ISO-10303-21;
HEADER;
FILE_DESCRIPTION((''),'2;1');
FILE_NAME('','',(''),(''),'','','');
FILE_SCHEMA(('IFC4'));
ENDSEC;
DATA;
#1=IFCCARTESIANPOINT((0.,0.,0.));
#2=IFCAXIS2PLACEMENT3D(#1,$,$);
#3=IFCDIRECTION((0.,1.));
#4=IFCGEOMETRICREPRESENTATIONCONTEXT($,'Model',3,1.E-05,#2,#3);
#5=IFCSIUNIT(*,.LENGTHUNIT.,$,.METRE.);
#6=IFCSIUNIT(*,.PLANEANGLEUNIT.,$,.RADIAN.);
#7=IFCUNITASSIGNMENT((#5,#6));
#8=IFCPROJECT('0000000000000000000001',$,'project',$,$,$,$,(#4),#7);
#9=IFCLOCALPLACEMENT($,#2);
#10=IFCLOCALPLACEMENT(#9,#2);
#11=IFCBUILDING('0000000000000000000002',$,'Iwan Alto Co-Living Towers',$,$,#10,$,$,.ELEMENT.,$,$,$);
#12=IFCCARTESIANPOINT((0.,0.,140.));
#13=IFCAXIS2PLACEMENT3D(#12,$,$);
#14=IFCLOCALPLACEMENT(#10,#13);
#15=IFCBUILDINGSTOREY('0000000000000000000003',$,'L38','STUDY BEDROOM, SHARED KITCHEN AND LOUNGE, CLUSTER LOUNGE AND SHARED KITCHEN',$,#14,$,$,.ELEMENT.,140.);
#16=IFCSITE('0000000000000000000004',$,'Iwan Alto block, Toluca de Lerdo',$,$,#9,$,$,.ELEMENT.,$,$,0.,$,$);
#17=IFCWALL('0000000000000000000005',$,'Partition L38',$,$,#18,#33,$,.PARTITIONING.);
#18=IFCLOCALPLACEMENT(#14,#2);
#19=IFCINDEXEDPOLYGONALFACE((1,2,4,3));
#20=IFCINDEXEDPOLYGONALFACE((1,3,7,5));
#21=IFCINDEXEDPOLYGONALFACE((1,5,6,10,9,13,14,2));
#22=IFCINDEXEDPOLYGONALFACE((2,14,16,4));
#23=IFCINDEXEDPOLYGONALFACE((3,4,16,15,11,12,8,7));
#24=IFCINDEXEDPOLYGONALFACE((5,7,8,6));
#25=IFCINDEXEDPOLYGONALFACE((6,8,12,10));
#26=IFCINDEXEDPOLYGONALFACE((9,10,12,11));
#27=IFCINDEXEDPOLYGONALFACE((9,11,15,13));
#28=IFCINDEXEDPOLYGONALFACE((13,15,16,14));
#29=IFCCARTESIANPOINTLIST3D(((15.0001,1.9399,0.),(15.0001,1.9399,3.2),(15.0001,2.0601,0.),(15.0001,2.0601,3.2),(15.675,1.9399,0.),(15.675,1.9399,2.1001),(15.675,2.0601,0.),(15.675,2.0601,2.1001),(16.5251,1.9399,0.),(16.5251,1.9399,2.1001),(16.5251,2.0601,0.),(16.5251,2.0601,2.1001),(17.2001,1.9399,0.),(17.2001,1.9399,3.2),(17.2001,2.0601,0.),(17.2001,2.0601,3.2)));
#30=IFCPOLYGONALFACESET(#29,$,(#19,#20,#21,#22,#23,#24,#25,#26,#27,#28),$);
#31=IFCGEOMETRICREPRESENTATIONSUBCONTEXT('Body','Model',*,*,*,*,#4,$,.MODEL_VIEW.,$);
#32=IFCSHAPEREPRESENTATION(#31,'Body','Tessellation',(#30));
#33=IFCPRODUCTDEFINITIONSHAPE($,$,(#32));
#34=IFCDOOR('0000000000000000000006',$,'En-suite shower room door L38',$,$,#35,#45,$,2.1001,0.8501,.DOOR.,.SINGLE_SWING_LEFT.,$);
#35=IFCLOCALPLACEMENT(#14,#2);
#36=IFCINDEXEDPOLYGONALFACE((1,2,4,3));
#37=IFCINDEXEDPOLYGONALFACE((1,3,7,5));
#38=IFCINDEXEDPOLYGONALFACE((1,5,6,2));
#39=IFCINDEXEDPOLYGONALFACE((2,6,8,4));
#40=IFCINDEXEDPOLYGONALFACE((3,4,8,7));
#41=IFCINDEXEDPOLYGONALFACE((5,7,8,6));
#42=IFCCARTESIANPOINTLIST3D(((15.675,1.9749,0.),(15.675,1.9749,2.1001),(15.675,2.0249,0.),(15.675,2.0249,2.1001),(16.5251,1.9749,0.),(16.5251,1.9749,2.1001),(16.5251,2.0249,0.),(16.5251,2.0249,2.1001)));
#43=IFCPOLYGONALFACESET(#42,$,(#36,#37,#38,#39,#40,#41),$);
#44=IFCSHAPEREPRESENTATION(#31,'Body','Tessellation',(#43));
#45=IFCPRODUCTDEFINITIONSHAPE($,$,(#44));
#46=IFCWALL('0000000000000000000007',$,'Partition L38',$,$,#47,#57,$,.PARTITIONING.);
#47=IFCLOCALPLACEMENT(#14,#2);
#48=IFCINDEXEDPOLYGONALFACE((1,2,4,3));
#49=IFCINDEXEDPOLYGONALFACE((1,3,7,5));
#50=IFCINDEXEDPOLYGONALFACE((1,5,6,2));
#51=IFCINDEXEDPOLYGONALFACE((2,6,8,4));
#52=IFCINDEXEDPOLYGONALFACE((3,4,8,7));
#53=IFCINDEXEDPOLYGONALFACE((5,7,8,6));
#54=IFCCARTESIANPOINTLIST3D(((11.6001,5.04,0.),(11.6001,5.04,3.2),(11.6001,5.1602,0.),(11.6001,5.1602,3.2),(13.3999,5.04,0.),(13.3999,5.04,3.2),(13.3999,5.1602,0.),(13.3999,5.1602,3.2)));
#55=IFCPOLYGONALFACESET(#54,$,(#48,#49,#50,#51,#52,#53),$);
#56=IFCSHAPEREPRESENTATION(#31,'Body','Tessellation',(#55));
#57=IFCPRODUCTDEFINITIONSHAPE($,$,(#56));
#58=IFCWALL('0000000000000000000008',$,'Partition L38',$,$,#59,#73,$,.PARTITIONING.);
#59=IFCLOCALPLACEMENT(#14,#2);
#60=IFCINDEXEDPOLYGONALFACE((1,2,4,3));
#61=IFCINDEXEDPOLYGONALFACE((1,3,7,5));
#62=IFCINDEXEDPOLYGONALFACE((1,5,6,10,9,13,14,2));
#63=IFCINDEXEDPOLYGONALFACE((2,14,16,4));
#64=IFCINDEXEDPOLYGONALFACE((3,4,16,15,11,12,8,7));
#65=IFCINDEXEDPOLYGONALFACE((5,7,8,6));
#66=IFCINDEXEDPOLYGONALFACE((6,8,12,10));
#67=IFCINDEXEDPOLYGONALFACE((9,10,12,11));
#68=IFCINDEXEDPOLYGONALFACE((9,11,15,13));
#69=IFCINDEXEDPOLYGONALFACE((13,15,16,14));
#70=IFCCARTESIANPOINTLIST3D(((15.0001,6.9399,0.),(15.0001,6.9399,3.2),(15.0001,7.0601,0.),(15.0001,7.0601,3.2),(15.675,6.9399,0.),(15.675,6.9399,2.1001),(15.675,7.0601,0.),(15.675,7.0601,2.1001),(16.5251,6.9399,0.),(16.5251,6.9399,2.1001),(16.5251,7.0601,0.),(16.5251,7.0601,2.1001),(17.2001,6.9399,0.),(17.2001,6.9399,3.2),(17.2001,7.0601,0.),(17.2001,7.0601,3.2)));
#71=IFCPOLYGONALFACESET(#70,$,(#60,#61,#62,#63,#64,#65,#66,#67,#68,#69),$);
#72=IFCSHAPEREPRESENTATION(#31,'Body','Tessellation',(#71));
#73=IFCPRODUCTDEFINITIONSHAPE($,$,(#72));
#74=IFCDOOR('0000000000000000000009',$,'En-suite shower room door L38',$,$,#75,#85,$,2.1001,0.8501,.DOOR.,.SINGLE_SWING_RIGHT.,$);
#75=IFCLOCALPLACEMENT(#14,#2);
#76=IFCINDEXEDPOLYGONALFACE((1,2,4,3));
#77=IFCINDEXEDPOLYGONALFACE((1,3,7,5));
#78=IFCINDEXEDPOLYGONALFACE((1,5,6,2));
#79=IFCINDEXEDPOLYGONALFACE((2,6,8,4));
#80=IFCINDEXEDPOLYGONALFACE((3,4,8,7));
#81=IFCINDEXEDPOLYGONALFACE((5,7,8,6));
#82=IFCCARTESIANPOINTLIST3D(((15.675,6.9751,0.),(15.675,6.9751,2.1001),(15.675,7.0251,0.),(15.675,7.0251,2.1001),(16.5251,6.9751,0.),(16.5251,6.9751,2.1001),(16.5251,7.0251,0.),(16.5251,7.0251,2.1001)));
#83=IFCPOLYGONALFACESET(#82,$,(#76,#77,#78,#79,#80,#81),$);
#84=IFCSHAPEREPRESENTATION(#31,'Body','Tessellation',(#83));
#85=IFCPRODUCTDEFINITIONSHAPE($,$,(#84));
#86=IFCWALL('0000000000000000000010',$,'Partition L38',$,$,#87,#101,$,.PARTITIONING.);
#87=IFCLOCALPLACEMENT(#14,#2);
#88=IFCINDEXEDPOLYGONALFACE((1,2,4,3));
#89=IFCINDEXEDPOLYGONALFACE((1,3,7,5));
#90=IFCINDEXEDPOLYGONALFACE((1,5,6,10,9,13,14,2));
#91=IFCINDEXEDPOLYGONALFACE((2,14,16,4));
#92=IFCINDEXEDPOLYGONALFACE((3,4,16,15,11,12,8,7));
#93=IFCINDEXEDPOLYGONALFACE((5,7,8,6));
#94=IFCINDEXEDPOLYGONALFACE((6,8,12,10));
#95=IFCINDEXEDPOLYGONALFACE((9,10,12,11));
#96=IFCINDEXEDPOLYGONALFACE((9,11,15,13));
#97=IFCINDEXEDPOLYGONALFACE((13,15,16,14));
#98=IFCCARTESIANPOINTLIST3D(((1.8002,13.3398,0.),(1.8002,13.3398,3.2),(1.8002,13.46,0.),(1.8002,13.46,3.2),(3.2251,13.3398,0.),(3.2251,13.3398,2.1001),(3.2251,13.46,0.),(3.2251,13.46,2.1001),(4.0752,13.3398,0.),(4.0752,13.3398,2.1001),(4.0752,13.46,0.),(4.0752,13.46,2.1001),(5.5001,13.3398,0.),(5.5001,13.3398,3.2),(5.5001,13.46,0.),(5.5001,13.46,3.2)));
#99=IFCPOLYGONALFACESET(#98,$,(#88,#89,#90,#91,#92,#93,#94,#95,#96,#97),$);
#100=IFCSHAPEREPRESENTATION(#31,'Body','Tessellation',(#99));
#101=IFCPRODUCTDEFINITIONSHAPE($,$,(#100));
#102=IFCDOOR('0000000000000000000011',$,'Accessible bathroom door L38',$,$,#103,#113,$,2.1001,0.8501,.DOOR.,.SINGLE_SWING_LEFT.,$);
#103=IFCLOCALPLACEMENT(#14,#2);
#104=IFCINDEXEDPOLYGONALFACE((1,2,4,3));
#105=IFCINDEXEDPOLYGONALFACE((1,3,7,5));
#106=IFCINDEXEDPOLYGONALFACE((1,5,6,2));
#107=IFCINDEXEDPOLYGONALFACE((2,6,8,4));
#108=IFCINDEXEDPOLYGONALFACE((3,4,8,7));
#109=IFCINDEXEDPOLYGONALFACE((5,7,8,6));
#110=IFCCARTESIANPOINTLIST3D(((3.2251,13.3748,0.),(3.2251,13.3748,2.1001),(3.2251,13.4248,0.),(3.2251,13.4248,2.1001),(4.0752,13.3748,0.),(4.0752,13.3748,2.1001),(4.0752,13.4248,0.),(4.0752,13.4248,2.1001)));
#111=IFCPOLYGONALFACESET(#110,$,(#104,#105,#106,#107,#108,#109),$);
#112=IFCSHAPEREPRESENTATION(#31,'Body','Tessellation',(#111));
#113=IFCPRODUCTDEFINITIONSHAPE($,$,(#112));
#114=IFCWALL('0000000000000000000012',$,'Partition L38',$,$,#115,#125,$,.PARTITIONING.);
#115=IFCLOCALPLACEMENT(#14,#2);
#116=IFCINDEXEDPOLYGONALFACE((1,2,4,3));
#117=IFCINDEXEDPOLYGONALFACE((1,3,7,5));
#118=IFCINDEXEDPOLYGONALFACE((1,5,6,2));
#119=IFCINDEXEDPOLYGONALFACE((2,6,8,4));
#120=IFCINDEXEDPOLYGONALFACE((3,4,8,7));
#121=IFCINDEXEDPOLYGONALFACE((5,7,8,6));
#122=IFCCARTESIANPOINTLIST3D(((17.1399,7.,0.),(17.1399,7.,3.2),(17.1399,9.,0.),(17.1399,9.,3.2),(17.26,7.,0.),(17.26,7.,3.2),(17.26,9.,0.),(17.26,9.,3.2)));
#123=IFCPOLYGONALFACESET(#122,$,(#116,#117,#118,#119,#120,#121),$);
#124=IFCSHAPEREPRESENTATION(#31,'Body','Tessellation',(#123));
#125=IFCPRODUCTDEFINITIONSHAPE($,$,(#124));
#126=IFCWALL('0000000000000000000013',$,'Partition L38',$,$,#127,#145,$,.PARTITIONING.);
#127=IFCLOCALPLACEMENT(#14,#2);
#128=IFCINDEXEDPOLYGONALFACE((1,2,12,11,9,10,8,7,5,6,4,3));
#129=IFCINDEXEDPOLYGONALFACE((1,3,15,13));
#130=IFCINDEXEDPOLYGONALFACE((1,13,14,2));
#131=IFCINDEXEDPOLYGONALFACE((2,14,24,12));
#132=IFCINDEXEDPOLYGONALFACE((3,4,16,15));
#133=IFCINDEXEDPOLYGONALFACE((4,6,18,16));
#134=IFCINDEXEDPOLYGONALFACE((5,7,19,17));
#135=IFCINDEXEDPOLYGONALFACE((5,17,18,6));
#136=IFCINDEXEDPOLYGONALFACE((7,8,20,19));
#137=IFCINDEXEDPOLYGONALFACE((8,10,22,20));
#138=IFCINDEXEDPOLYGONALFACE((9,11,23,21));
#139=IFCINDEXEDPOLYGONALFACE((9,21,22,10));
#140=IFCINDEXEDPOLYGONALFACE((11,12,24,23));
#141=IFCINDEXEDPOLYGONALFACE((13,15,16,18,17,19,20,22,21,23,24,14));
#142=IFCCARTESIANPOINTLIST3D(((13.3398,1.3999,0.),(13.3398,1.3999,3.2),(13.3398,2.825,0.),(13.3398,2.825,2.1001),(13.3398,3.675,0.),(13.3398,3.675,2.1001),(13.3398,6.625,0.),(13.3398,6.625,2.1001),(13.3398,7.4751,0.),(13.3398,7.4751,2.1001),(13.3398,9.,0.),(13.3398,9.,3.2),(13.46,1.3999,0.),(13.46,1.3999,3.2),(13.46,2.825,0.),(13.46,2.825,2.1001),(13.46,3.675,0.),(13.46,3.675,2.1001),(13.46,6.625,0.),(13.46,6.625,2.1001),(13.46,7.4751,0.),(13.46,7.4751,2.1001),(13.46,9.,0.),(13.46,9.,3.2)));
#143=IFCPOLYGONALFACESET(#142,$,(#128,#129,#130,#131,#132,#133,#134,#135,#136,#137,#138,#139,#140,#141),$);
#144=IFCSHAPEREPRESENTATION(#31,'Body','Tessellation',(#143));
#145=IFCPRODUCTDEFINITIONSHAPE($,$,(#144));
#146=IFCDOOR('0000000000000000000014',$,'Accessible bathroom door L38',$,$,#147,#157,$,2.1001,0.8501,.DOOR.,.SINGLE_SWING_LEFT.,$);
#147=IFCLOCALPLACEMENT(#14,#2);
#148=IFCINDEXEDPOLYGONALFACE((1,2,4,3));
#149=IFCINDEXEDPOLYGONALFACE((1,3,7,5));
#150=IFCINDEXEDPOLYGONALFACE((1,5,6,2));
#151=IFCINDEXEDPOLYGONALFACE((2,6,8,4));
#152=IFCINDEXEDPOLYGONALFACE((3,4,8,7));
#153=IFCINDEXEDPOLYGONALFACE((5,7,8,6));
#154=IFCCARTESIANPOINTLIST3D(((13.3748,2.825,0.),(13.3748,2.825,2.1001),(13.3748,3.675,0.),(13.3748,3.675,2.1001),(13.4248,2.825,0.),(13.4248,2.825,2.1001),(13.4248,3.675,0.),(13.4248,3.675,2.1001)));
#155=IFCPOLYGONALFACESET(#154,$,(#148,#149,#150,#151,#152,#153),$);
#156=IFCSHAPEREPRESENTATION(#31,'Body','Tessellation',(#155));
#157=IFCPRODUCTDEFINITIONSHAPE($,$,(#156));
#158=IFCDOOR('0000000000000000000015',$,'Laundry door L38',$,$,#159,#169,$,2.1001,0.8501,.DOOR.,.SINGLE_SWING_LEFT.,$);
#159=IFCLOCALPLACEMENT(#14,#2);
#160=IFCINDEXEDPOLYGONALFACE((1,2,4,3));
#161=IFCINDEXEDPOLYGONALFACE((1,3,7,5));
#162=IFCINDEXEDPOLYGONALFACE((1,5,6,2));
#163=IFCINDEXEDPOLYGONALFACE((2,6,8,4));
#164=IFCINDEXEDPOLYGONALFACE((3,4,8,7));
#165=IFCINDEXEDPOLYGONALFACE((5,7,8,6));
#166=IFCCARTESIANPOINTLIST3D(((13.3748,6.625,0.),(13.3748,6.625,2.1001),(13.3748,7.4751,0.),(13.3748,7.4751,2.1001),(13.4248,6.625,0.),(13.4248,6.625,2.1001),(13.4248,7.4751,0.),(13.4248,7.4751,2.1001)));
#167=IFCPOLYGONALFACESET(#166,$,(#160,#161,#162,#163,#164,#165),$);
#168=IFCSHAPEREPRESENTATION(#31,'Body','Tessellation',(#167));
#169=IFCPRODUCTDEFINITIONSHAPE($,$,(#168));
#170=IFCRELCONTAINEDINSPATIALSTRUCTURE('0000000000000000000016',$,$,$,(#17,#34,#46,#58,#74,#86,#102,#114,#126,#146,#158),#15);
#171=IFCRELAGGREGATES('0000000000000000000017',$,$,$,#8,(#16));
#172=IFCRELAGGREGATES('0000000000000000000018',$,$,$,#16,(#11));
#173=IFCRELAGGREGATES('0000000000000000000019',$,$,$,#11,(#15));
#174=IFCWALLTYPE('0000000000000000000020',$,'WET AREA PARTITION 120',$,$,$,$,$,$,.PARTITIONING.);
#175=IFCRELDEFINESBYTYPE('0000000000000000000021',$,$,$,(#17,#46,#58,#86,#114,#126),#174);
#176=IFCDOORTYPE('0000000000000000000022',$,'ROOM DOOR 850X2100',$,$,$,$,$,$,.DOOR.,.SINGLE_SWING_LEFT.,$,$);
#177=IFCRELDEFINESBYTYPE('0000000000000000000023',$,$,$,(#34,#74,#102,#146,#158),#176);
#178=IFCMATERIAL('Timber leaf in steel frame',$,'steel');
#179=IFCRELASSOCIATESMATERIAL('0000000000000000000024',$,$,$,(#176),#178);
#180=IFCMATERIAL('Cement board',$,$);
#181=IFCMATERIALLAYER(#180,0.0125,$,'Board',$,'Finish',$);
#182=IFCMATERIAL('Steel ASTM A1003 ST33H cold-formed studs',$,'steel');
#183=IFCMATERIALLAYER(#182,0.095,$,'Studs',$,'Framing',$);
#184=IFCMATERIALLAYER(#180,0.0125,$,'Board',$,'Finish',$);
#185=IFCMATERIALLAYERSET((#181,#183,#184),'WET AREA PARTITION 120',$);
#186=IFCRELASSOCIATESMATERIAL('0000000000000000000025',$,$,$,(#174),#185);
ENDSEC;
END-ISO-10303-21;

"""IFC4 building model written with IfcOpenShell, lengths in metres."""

from ifc_helpers import new_model, si_unit, direction, frame, frame_2d, origin, place, context, subcontext, project, spatial, rectangle, extrude, material, layer, layer_set, type_object, element, fill, save


model = new_model("IFC4")

# Units and contexts
model_context = context("Model", 3, precision=1e-05, world=origin(), true_north=direction((0.0, 1.0)))
body_context = subcontext(model_context, "Body", "Model", "MODEL_VIEW")
ifc_project = project(units=[si_unit("LENGTHUNIT", "METRE"), si_unit("PLANEANGLEUNIT", "RADIAN")], contexts=[model_context])

# Site, building, storey
site_placement = place(None, origin())
site = spatial("IfcSite", under=ifc_project, at=site_placement, Name="Iwan Alto block, Toluca de Lerdo", CompositionType="ELEMENT", RefElevation=0.0)
building_placement = place(site_placement, origin())
building = spatial("IfcBuilding", under=site, at=building_placement, Name="Iwan Alto Co-Living Towers", CompositionType="ELEMENT")
storey_placement = place(building_placement, frame((0.0, 0.0, 140.0)))
storey = spatial("IfcBuildingStorey", under=building, at=storey_placement, Name="L38", Description="STUDY BEDROOM, SHARED KITCHEN AND LOUNGE, CLUSTER LOUNGE AND SHARED KITCHEN", CompositionType="ELEMENT", Elevation=140.0)

# Shared definitions
ifc_material_1 = material(Name="Steel ASTM A1003 ST33H cold-formed studs", Category="steel")

# Shared definitions
ifc_material_2 = material(Name="Timber leaf in steel frame", Category="steel")
door_type = type_object("IfcDoorType", Name="ROOM DOOR 850X2100", OperationType="SINGLE_SWING_LEFT", PredefinedType="DOOR", material=ifc_material_2)

# Shared definitions
ifc_material_3 = material(Name="Cement board")
ifc_layer_1 = layer(ifc_material_3, 0.0125, Name="Board", Category="Finish")
ifc_layer_2 = layer(ifc_material_1, 0.095, Name="Studs", Category="Framing")
ifc_layer_3 = layer(ifc_material_3, 0.0125, Name="Board", Category="Finish")
ifc_layer_set_1 = layer_set([ifc_layer_1, ifc_layer_2, ifc_layer_3], Name="WET AREA PARTITION 120")
wall_type_1 = type_object("IfcWallType", Name="WET AREA PARTITION 120", PredefinedType="PARTITIONING", material=ifc_layer_set_1)

# Wall, opening, door
wall_1_placement = place(storey_placement, frame((15.0, 2.0, 0.0), z_axis=(0.0, 0.0, 1.0), x_axis=(1.0, 0.0, 0.0)))
wall_1 = element("IfcWall", 1, at=wall_1_placement, inside=storey, type_object=wall_type_1, Name="Partition L38", PredefinedType="PARTITIONING", context=body_context, shape_type="SweptSolid", body=[
    extrude(rectangle(XDim=2.2, YDim=0.1201, at=frame_2d((1.1001, 0.0))), origin(), (0.0, 0.0, 1.0), 3.2),
])
opening_1_placement = place(wall_1_placement, frame((0.675, 0.0, 0.0)))
opening_1 = element("IfcOpeningElement", 2, at=opening_1_placement, cuts=wall_1, PredefinedType="OPENING", context=body_context, shape_type="SweptSolid", body=[
    extrude(rectangle(XDim=0.8501, YDim=2.1001, at=frame_2d((0.425, 1.05))), frame((0.0, 0.0701, 0.0), z_axis=(0.0, -1.0, 0.0), x_axis=(1.0, 0.0, 0.0)), (0.0, 0.0, 1.0), 0.1401),
])
door_1_placement = place(opening_1_placement, origin())
door_1 = element("IfcDoor", 3, at=door_1_placement, inside=storey, type_object=door_type, Name="En-suite shower room door L38", OperationType="SINGLE_SWING_LEFT", OverallHeight=2.1001, OverallWidth=0.8501, PredefinedType="DOOR", context=body_context, shape_type="SweptSolid", body=[
    extrude(rectangle(XDim=0.8501, YDim=2.1001, at=frame_2d((0.425, 1.05))), frame((0.0, 0.0249, 0.0), z_axis=(0.0, -1.0, 0.0), x_axis=(1.0, 0.0, 0.0)), (0.0, 0.0, 1.0), 0.05),
])
fill(opening_1, door_1)

# Wall
wall_2_placement = place(storey_placement, frame((11.6001, 5.1001, 0.0), z_axis=(0.0, 0.0, 1.0), x_axis=(1.0, 0.0, 0.0)))
element("IfcWall", 4, at=wall_2_placement, inside=storey, type_object=wall_type_1, Name="Partition L38", PredefinedType="PARTITIONING", context=body_context, shape_type="SweptSolid", body=[
    extrude(rectangle(XDim=1.7998, YDim=0.1201, at=frame_2d((0.8999, 0.0))), origin(), (0.0, 0.0, 1.0), 3.2),
])

# Walls, openings, doors
wall_3_placement = place(storey_placement, frame((15.0, 7.0, 0.0), z_axis=(0.0, 0.0, 1.0), x_axis=(1.0, 0.0, 0.0)))
wall_3 = element("IfcWall", 5, at=wall_3_placement, inside=storey, type_object=wall_type_1, Name="Partition L38", PredefinedType="PARTITIONING", context=body_context, shape_type="SweptSolid", body=[
    extrude(rectangle(XDim=2.2, YDim=0.1201, at=frame_2d((1.1001, 0.0))), origin(), (0.0, 0.0, 1.0), 3.2),
])
opening_2_placement = place(wall_3_placement, frame((0.675, 0.0, 0.0)))
opening_2 = element("IfcOpeningElement", 6, at=opening_2_placement, cuts=wall_3, PredefinedType="OPENING", context=body_context, shape_type="SweptSolid", body=[
    extrude(rectangle(XDim=0.8501, YDim=2.1001, at=frame_2d((0.425, 1.05))), frame((0.0, 0.0701, 0.0), z_axis=(0.0, -1.0, 0.0), x_axis=(1.0, 0.0, 0.0)), (0.0, 0.0, 1.0), 0.1401),
])
door_2_placement = place(opening_2_placement, frame((0.8501, 0.0, 0.0), z_axis=(0.0, 0.0, 1.0), x_axis=(-1.0, 0.0, 0.0)))
door_2 = element("IfcDoor", 7, at=door_2_placement, inside=storey, type_object=door_type, Name="En-suite shower room door L38", OperationType="SINGLE_SWING_RIGHT", OverallHeight=2.1001, OverallWidth=0.8501, PredefinedType="DOOR", context=body_context, shape_type="SweptSolid", body=[
    extrude(rectangle(XDim=0.8501, YDim=2.1001, at=frame_2d((0.425, 1.05))), frame((0.0, 0.0249, 0.0), z_axis=(0.0, -1.0, 0.0), x_axis=(1.0, 0.0, 0.0)), (0.0, 0.0, 1.0), 0.05),
])
fill(opening_2, door_2)
wall_4_placement = place(storey_placement, frame((1.8, 13.3999, 0.0), z_axis=(0.0, 0.0, 1.0), x_axis=(1.0, 0.0, 0.0)))
wall_4 = element("IfcWall", 8, at=wall_4_placement, inside=storey, type_object=wall_type_1, Name="Partition L38", PredefinedType="PARTITIONING", context=body_context, shape_type="SweptSolid", body=[
    extrude(rectangle(XDim=3.7, YDim=0.1201, at=frame_2d((1.8501, 0.0))), origin(), (0.0, 0.0, 1.0), 3.2),
])
opening_3_placement = place(wall_4_placement, frame((1.425, 0.0, 0.0)))
opening_3 = element("IfcOpeningElement", 9, at=opening_3_placement, cuts=wall_4, PredefinedType="OPENING", context=body_context, shape_type="SweptSolid", body=[
    extrude(rectangle(XDim=0.8501, YDim=2.1001, at=frame_2d((0.425, 1.05))), frame((0.0, 0.0701, 0.0), z_axis=(0.0, -1.0, 0.0), x_axis=(1.0, 0.0, 0.0)), (0.0, 0.0, 1.0), 0.1401),
])
door_3_placement = place(opening_3_placement, origin())
door_3 = element("IfcDoor", 10, at=door_3_placement, inside=storey, type_object=door_type, Name="Accessible bathroom door L38", OperationType="SINGLE_SWING_LEFT", OverallHeight=2.1001, OverallWidth=0.8501, PredefinedType="DOOR", context=body_context, shape_type="SweptSolid", body=[
    extrude(rectangle(XDim=0.8501, YDim=2.1001, at=frame_2d((0.425, 1.05))), frame((0.0, 0.0249, 0.0), z_axis=(0.0, -1.0, 0.0), x_axis=(1.0, 0.0, 0.0)), (0.0, 0.0, 1.0), 0.05),
])
fill(opening_3, door_3)

# Wall
wall_5_placement = place(storey_placement, frame((17.2, 7.0, 0.0), z_axis=(0.0, 0.0, 1.0), x_axis=(0.0, 1.0, 0.0)))
element("IfcWall", 11, at=wall_5_placement, inside=storey, type_object=wall_type_1, Name="Partition L38", PredefinedType="PARTITIONING", context=body_context, shape_type="SweptSolid", body=[
    extrude(rectangle(XDim=2.0, YDim=0.1201, at=frame_2d((1.0, 0.0))), origin(), (0.0, 0.0, 1.0), 3.2),
])

# Wall, openings, doors
wall_6_placement = place(storey_placement, frame((13.3999, 1.3999, 0.0), z_axis=(0.0, 0.0, 1.0), x_axis=(0.0, 1.0, 0.0)))
wall_6 = element("IfcWall", 12, at=wall_6_placement, inside=storey, type_object=wall_type_1, Name="Partition L38", PredefinedType="PARTITIONING", context=body_context, shape_type="SweptSolid", body=[
    extrude(rectangle(XDim=7.6001, YDim=0.1201, at=frame_2d((3.8, 0.0))), origin(), (0.0, 0.0, 1.0), 3.2),
])
opening_4_placement = place(wall_6_placement, frame((1.425, 0.0, 0.0)))
opening_4 = element("IfcOpeningElement", 13, at=opening_4_placement, cuts=wall_6, PredefinedType="OPENING", context=body_context, shape_type="SweptSolid", body=[
    extrude(rectangle(XDim=0.8501, YDim=2.1001, at=frame_2d((0.425, 1.05))), frame((0.0, 0.0701, 0.0), z_axis=(0.0, -1.0, 0.0), x_axis=(1.0, 0.0, 0.0)), (0.0, 0.0, 1.0), 0.1401),
])
opening_5_placement = place(wall_6_placement, frame((5.2251, 0.0, 0.0)))
opening_5 = element("IfcOpeningElement", 14, at=opening_5_placement, cuts=wall_6, PredefinedType="OPENING", context=body_context, shape_type="SweptSolid", body=[
    extrude(rectangle(XDim=0.8501, YDim=2.1001, at=frame_2d((0.425, 1.05))), frame((0.0, 0.0701, 0.0), z_axis=(0.0, -1.0, 0.0), x_axis=(1.0, 0.0, 0.0)), (0.0, 0.0, 1.0), 0.1401),
])
door_4_placement = place(opening_4_placement, frame((0.8501, 0.0, 0.0), z_axis=(0.0, 0.0, 1.0), x_axis=(-1.0, 0.0, 0.0)))
door_4 = element("IfcDoor", 15, at=door_4_placement, inside=storey, type_object=door_type, Name="Accessible bathroom door L38", OperationType="SINGLE_SWING_LEFT", OverallHeight=2.1001, OverallWidth=0.8501, PredefinedType="DOOR", context=body_context, shape_type="SweptSolid", body=[
    extrude(rectangle(XDim=0.8501, YDim=2.1001, at=frame_2d((0.425, 1.05))), frame((0.0, 0.0249, 0.0), z_axis=(0.0, -1.0, 0.0), x_axis=(1.0, 0.0, 0.0)), (0.0, 0.0, 1.0), 0.05),
])
fill(opening_4, door_4)
door_5_placement = place(opening_5_placement, frame((0.8501, 0.0, 0.0), z_axis=(0.0, 0.0, 1.0), x_axis=(-1.0, 0.0, 0.0)))
door_5 = element("IfcDoor", 16, at=door_5_placement, inside=storey, type_object=door_type, Name="Laundry door L38", OperationType="SINGLE_SWING_LEFT", OverallHeight=2.1001, OverallWidth=0.8501, PredefinedType="DOOR", context=body_context, shape_type="SweptSolid", body=[
    extrude(rectangle(XDim=0.8501, YDim=2.1001, at=frame_2d((0.425, 1.05))), frame((0.0, 0.0249, 0.0), z_axis=(0.0, -1.0, 0.0), x_axis=(1.0, 0.0, 0.0)), (0.0, 0.0, 1.0), 0.05),
])
fill(opening_5, door_5)

save(model, "model.ifc")
